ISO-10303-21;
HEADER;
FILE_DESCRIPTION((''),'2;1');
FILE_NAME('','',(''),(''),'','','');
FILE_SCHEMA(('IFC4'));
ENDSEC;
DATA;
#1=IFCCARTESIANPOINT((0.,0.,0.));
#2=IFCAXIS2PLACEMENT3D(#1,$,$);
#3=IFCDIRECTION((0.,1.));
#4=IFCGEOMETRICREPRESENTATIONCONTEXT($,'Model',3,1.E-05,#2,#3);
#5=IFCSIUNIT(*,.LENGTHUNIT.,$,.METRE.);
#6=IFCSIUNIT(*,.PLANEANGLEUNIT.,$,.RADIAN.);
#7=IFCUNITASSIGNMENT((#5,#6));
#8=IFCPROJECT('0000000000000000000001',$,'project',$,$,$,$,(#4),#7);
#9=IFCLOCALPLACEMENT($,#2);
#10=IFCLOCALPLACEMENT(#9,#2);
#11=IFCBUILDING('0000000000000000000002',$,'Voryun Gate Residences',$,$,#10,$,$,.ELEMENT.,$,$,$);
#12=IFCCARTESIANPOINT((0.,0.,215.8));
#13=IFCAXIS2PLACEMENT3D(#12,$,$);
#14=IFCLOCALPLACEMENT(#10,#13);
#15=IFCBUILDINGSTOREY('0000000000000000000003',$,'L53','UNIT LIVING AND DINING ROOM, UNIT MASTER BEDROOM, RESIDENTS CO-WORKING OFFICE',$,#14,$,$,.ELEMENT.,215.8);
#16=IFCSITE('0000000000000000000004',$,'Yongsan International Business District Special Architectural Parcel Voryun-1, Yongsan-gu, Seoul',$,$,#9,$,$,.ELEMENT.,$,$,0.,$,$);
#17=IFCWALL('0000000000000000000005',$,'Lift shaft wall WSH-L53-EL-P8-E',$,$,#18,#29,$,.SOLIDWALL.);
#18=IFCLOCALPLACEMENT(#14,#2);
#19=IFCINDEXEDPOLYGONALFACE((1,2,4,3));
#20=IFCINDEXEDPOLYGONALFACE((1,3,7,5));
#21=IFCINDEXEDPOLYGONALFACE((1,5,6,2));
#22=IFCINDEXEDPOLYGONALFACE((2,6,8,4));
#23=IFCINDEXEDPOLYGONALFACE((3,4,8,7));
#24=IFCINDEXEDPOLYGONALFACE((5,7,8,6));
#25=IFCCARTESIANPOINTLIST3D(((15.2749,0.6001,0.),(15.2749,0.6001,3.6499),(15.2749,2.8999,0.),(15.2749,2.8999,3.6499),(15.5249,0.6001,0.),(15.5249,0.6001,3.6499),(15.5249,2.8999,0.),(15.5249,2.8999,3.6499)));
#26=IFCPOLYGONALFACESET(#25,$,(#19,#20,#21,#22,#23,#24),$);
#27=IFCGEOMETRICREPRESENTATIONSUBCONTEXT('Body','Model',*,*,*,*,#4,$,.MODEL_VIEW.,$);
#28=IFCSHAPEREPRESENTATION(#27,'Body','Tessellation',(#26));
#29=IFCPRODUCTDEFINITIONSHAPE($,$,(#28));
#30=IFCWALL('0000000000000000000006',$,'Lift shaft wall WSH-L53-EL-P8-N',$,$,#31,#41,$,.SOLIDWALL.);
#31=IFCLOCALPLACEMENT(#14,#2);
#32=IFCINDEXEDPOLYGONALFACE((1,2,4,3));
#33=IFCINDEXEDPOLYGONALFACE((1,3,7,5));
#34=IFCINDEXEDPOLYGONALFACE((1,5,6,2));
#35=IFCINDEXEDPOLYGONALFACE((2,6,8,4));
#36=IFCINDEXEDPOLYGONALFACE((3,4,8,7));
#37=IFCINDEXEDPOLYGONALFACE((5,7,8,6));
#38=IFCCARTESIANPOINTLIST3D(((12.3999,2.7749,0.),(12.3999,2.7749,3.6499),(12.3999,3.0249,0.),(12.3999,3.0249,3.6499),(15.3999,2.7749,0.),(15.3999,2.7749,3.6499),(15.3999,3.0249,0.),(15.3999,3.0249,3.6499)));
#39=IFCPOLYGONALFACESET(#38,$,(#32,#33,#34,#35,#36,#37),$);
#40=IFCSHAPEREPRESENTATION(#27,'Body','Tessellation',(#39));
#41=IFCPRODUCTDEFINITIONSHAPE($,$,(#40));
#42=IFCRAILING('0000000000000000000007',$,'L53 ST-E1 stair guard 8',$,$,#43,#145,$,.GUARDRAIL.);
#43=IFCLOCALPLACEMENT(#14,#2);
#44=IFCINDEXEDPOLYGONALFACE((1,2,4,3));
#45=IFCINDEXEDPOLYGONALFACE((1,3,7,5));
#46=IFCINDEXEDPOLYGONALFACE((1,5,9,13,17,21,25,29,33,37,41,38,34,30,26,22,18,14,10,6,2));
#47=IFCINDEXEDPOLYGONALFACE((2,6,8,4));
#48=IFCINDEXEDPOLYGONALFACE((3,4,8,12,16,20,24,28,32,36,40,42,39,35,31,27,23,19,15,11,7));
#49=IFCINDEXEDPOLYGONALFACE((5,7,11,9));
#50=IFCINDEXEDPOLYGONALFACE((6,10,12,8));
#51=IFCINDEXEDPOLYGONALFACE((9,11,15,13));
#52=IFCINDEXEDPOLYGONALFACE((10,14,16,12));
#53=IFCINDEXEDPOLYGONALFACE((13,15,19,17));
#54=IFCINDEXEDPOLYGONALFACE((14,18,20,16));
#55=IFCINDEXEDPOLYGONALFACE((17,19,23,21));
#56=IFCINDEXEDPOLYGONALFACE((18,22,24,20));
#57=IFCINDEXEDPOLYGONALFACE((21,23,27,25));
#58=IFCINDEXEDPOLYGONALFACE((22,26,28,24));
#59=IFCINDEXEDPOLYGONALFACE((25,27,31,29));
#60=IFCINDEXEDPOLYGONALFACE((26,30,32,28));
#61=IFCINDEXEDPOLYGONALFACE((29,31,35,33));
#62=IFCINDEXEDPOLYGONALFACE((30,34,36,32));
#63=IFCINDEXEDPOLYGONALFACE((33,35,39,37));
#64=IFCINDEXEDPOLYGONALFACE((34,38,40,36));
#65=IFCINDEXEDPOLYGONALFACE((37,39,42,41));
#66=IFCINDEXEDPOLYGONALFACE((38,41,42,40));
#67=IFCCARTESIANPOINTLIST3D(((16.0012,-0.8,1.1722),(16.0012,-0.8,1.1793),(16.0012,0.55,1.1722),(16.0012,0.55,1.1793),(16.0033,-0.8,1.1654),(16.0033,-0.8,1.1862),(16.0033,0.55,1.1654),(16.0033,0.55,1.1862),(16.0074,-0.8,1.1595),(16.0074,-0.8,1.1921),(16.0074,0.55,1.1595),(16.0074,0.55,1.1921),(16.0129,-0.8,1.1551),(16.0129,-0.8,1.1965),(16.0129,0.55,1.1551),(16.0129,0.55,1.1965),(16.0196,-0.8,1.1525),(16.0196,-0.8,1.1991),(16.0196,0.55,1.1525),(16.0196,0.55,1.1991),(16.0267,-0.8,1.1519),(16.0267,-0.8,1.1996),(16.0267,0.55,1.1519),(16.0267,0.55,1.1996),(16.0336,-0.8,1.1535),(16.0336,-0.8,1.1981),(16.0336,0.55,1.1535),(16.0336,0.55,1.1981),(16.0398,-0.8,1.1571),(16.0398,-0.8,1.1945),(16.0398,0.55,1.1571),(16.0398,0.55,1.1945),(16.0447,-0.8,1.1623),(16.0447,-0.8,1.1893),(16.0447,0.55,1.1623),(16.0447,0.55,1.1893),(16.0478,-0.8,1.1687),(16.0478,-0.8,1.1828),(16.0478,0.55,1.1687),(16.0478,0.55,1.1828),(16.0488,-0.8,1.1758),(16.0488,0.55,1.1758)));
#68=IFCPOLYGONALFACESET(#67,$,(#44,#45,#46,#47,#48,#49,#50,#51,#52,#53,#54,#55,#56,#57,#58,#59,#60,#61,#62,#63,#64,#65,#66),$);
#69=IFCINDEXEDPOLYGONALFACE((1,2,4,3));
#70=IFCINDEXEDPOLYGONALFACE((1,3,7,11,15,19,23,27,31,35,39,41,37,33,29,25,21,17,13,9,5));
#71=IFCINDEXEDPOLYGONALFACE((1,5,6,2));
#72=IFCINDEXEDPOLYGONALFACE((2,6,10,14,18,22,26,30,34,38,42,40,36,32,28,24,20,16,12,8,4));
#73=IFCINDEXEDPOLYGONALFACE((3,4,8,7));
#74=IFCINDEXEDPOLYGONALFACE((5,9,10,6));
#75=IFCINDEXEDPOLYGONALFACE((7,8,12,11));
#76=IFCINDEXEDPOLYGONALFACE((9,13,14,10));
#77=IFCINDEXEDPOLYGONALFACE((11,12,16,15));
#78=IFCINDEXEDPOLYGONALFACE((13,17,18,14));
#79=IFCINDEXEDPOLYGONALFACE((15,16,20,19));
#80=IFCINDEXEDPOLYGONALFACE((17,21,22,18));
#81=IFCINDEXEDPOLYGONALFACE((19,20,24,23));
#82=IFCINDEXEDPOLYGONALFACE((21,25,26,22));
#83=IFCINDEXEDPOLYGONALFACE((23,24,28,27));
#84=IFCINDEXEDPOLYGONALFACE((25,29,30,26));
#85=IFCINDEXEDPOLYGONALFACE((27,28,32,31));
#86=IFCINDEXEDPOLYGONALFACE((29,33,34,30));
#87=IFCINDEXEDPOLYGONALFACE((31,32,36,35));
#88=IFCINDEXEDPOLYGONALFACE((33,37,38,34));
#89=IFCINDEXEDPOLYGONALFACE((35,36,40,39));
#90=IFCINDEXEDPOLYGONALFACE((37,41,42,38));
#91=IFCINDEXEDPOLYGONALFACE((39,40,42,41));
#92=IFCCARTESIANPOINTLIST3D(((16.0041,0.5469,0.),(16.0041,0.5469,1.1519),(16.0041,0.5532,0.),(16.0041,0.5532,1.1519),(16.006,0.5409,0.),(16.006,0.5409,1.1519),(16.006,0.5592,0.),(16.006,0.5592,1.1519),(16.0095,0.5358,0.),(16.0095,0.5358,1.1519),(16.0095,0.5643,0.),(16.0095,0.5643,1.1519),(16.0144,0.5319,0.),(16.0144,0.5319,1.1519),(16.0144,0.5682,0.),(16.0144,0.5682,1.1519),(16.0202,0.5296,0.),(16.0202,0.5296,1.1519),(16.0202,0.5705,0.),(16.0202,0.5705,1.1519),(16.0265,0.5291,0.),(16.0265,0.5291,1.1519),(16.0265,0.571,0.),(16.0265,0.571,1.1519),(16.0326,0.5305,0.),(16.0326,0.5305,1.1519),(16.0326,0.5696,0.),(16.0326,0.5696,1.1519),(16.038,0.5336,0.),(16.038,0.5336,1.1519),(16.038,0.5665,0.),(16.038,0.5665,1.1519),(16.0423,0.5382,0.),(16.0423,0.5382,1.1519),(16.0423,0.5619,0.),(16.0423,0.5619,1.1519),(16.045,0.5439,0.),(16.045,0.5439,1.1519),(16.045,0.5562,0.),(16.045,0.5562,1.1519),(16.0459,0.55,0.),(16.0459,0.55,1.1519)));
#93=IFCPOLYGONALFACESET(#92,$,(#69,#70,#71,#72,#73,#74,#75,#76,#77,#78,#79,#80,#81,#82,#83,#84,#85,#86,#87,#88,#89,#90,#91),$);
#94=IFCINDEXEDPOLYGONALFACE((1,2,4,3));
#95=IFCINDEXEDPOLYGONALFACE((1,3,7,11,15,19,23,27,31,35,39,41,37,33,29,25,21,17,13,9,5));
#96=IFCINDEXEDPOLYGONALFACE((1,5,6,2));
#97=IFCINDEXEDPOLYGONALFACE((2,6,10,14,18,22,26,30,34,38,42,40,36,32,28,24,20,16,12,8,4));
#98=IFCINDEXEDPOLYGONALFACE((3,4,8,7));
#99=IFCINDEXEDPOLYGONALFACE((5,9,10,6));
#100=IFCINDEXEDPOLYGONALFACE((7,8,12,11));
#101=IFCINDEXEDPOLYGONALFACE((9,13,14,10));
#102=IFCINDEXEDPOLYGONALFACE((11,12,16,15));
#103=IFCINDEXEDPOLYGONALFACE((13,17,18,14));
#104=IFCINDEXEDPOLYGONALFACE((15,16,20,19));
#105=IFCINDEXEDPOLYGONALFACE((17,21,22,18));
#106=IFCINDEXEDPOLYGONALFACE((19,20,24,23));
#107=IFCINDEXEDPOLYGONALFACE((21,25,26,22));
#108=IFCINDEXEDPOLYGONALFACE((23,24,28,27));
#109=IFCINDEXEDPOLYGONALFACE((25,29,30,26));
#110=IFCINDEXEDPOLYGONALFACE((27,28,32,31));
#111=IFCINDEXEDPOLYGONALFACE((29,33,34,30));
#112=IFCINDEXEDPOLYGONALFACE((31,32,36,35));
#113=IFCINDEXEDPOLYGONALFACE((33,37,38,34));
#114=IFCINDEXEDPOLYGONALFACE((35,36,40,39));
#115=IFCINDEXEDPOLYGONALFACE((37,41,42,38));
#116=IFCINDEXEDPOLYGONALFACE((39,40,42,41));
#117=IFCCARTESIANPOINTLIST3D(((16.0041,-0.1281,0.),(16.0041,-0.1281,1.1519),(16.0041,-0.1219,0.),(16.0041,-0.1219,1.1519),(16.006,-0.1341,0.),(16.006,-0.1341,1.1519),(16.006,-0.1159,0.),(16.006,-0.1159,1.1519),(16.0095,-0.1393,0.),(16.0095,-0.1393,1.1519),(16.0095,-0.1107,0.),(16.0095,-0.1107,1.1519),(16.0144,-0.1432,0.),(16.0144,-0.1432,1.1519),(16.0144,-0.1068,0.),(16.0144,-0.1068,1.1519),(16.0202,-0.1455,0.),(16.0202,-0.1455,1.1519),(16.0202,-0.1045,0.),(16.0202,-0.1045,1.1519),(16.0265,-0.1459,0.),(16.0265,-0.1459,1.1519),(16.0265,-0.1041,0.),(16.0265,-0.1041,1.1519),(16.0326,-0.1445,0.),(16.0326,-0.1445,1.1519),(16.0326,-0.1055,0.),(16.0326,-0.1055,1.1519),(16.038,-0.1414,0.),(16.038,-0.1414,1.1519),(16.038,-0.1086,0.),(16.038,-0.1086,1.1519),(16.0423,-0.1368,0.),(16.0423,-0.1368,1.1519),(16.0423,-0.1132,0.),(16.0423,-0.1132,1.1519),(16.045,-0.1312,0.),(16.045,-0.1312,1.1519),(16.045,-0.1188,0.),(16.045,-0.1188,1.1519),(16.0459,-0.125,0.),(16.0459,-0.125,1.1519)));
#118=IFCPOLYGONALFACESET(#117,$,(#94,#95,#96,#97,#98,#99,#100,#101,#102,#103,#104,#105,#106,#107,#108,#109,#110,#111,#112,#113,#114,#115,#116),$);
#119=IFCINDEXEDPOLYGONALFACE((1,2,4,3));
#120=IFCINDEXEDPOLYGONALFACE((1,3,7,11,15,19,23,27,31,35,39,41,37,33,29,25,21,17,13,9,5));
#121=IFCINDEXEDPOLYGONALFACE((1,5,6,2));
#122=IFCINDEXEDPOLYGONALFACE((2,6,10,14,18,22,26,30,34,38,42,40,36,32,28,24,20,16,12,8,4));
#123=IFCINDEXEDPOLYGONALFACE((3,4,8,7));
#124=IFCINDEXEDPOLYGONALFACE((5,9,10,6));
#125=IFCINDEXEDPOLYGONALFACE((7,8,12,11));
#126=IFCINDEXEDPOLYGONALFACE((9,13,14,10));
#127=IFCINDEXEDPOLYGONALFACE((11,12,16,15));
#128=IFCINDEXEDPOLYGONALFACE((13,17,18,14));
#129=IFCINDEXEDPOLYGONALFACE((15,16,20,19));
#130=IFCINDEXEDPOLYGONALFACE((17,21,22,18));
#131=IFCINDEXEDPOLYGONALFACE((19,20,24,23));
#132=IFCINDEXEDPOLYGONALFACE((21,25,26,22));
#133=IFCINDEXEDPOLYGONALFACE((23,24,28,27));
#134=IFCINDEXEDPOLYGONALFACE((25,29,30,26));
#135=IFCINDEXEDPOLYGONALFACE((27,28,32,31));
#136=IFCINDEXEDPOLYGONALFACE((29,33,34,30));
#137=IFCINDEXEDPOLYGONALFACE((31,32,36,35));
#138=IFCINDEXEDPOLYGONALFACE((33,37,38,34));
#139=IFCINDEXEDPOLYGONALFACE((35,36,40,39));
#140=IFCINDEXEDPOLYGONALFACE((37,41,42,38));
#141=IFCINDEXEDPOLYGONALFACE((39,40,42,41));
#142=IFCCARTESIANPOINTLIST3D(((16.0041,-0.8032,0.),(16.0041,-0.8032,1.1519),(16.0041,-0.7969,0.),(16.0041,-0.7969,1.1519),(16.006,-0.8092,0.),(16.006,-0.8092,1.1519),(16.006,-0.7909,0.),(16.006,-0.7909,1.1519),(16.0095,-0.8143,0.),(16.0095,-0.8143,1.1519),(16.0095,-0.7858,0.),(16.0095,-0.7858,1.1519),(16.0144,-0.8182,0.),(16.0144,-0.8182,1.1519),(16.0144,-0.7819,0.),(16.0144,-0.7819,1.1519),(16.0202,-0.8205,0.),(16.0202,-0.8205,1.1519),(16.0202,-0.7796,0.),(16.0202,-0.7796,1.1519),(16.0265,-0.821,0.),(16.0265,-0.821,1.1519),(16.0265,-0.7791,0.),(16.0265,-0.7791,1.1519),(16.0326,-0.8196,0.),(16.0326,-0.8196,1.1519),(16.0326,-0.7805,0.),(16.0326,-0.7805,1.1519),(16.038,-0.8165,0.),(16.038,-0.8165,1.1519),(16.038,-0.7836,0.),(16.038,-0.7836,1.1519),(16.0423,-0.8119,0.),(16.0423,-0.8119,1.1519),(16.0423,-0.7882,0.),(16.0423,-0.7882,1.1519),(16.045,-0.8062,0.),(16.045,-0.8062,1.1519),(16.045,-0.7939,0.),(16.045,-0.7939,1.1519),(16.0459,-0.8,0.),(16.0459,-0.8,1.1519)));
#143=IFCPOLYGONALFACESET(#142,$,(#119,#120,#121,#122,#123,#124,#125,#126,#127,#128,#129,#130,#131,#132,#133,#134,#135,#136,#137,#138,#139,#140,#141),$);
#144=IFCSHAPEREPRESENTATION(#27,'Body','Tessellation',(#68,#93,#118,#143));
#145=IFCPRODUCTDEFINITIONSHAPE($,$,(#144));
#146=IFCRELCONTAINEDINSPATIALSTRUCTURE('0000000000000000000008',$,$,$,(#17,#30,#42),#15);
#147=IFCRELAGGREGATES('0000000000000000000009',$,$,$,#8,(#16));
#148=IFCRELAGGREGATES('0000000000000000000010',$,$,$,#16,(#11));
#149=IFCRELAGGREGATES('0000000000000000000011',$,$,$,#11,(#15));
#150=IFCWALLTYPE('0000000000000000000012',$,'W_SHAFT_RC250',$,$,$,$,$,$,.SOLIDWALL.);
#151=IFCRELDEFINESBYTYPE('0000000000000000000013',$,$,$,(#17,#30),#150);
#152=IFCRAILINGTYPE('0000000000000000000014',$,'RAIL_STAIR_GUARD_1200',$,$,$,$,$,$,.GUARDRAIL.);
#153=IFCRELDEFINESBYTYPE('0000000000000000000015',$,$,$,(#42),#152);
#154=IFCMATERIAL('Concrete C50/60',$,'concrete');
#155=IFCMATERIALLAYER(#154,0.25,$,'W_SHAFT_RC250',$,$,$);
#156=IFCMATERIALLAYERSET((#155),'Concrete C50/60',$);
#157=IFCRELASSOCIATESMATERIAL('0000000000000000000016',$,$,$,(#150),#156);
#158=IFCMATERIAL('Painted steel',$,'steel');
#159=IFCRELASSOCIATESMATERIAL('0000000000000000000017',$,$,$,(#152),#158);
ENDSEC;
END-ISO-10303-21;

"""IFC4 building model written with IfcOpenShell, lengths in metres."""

from ifc_helpers import new_model, si_unit, direction, frame, frame_2d, origin, origin_2d, place, context, subcontext, project, spatial, rectangle, circle, extrude, material, layer, layer_set, type_object, element, save


model = new_model("IFC4")

# Units and contexts
model_context = context("Model", 3, precision=1e-05, world=origin(), true_north=direction((0.0, 1.0)))
body_context = subcontext(model_context, "Body", "Model", "MODEL_VIEW")
ifc_project = project(units=[si_unit("LENGTHUNIT", "METRE"), si_unit("PLANEANGLEUNIT", "RADIAN")], contexts=[model_context])

# Site, building, storey
site_placement = place(None, origin())
site = spatial("IfcSite", under=ifc_project, at=site_placement, Name="Yongsan International Business District Special Architectural Parcel Voryun-1, Yongsan-gu, Seoul", CompositionType="ELEMENT", RefElevation=0.0)
building_placement = place(site_placement, origin())
building = spatial("IfcBuilding", under=site, at=building_placement, Name="Voryun Gate Residences", CompositionType="ELEMENT")
storey_placement = place(building_placement, frame((0.0, 0.0, 215.8)))
storey = spatial("IfcBuildingStorey", under=building, at=storey_placement, Name="L53", Description="UNIT LIVING AND DINING ROOM, UNIT MASTER BEDROOM, RESIDENTS CO-WORKING OFFICE", CompositionType="ELEMENT", Elevation=215.8)

# Walls
ifc_material_1 = material(Name="Concrete C50/60", Category="concrete")
ifc_layer_1 = layer(ifc_material_1, 0.25, Name="W_SHAFT_RC250")
ifc_layer_set_1 = layer_set([ifc_layer_1], Name="Concrete C50/60")
wall_type_1 = type_object("IfcWallType", Name="W_SHAFT_RC250", PredefinedType="SOLIDWALL", material=ifc_layer_set_1)
wall_1_placement = place(storey_placement, frame((15.3999, 0.6001, 0.0), z_axis=(0.0, 0.0, 1.0), x_axis=(0.0, 1.0, 0.0)))
element("IfcWall", 1, at=wall_1_placement, inside=storey, type_object=wall_type_1, Name="Lift shaft wall WSH-L53-EL-P8-E", PredefinedType="SOLIDWALL", context=body_context, shape_type="SweptSolid", body=[
    extrude(rectangle(XDim=2.2998, YDim=0.25, at=frame_2d((1.1499, 0.0))), origin(), (0.0, 0.0, 1.0), 3.6499),
])
wall_2_placement = place(storey_placement, frame((15.3999, 2.8999, 0.0), z_axis=(0.0, 0.0, 1.0), x_axis=(-1.0, 0.0, 0.0)))
element("IfcWall", 2, at=wall_2_placement, inside=storey, type_object=wall_type_1, Name="Lift shaft wall WSH-L53-EL-P8-N", PredefinedType="SOLIDWALL", context=body_context, shape_type="SweptSolid", body=[
    extrude(rectangle(XDim=3.0, YDim=0.25, at=frame_2d((1.5, 0.0))), origin(), (0.0, 0.0, 1.0), 3.6499),
])

# Railing
ifc_material_2 = material(Name="Painted steel", Category="steel")
railing_type = type_object("IfcRailingType", Name="RAIL_STAIR_GUARD_1200", PredefinedType="GUARDRAIL", material=ifc_material_2)
railing_1_placement = place(storey_placement, frame((16.0249, 0.55, 0.0)))
element("IfcRailing", 3, at=railing_1_placement, inside=storey, type_object=railing_type, Name="L53 ST-E1 stair guard 8", PredefinedType="GUARDRAIL", context=body_context, shape_type="SweptSolid", body=[
    extrude(circle(Radius=0.0239, at=origin_2d()), frame((0.0, 0.0, 1.1758), z_axis=(0.0, -1.0, 0.0), x_axis=(1.0, 0.0, 0.0)), (0.0, 0.0, 1.0), 1.3501),
    extrude(circle(Radius=0.021, at=origin_2d()), origin(), (0.0, 0.0, 1.0), 1.1519),
    extrude(circle(Radius=0.021, at=origin_2d()), frame((0.0, -0.675, 0.0)), (0.0, 0.0, 1.0), 1.1519),
    extrude(circle(Radius=0.021, at=origin_2d()), frame((0.0, -1.3501, 0.0)), (0.0, 0.0, 1.0), 1.1519),
])

save(model, "model.ifc")
